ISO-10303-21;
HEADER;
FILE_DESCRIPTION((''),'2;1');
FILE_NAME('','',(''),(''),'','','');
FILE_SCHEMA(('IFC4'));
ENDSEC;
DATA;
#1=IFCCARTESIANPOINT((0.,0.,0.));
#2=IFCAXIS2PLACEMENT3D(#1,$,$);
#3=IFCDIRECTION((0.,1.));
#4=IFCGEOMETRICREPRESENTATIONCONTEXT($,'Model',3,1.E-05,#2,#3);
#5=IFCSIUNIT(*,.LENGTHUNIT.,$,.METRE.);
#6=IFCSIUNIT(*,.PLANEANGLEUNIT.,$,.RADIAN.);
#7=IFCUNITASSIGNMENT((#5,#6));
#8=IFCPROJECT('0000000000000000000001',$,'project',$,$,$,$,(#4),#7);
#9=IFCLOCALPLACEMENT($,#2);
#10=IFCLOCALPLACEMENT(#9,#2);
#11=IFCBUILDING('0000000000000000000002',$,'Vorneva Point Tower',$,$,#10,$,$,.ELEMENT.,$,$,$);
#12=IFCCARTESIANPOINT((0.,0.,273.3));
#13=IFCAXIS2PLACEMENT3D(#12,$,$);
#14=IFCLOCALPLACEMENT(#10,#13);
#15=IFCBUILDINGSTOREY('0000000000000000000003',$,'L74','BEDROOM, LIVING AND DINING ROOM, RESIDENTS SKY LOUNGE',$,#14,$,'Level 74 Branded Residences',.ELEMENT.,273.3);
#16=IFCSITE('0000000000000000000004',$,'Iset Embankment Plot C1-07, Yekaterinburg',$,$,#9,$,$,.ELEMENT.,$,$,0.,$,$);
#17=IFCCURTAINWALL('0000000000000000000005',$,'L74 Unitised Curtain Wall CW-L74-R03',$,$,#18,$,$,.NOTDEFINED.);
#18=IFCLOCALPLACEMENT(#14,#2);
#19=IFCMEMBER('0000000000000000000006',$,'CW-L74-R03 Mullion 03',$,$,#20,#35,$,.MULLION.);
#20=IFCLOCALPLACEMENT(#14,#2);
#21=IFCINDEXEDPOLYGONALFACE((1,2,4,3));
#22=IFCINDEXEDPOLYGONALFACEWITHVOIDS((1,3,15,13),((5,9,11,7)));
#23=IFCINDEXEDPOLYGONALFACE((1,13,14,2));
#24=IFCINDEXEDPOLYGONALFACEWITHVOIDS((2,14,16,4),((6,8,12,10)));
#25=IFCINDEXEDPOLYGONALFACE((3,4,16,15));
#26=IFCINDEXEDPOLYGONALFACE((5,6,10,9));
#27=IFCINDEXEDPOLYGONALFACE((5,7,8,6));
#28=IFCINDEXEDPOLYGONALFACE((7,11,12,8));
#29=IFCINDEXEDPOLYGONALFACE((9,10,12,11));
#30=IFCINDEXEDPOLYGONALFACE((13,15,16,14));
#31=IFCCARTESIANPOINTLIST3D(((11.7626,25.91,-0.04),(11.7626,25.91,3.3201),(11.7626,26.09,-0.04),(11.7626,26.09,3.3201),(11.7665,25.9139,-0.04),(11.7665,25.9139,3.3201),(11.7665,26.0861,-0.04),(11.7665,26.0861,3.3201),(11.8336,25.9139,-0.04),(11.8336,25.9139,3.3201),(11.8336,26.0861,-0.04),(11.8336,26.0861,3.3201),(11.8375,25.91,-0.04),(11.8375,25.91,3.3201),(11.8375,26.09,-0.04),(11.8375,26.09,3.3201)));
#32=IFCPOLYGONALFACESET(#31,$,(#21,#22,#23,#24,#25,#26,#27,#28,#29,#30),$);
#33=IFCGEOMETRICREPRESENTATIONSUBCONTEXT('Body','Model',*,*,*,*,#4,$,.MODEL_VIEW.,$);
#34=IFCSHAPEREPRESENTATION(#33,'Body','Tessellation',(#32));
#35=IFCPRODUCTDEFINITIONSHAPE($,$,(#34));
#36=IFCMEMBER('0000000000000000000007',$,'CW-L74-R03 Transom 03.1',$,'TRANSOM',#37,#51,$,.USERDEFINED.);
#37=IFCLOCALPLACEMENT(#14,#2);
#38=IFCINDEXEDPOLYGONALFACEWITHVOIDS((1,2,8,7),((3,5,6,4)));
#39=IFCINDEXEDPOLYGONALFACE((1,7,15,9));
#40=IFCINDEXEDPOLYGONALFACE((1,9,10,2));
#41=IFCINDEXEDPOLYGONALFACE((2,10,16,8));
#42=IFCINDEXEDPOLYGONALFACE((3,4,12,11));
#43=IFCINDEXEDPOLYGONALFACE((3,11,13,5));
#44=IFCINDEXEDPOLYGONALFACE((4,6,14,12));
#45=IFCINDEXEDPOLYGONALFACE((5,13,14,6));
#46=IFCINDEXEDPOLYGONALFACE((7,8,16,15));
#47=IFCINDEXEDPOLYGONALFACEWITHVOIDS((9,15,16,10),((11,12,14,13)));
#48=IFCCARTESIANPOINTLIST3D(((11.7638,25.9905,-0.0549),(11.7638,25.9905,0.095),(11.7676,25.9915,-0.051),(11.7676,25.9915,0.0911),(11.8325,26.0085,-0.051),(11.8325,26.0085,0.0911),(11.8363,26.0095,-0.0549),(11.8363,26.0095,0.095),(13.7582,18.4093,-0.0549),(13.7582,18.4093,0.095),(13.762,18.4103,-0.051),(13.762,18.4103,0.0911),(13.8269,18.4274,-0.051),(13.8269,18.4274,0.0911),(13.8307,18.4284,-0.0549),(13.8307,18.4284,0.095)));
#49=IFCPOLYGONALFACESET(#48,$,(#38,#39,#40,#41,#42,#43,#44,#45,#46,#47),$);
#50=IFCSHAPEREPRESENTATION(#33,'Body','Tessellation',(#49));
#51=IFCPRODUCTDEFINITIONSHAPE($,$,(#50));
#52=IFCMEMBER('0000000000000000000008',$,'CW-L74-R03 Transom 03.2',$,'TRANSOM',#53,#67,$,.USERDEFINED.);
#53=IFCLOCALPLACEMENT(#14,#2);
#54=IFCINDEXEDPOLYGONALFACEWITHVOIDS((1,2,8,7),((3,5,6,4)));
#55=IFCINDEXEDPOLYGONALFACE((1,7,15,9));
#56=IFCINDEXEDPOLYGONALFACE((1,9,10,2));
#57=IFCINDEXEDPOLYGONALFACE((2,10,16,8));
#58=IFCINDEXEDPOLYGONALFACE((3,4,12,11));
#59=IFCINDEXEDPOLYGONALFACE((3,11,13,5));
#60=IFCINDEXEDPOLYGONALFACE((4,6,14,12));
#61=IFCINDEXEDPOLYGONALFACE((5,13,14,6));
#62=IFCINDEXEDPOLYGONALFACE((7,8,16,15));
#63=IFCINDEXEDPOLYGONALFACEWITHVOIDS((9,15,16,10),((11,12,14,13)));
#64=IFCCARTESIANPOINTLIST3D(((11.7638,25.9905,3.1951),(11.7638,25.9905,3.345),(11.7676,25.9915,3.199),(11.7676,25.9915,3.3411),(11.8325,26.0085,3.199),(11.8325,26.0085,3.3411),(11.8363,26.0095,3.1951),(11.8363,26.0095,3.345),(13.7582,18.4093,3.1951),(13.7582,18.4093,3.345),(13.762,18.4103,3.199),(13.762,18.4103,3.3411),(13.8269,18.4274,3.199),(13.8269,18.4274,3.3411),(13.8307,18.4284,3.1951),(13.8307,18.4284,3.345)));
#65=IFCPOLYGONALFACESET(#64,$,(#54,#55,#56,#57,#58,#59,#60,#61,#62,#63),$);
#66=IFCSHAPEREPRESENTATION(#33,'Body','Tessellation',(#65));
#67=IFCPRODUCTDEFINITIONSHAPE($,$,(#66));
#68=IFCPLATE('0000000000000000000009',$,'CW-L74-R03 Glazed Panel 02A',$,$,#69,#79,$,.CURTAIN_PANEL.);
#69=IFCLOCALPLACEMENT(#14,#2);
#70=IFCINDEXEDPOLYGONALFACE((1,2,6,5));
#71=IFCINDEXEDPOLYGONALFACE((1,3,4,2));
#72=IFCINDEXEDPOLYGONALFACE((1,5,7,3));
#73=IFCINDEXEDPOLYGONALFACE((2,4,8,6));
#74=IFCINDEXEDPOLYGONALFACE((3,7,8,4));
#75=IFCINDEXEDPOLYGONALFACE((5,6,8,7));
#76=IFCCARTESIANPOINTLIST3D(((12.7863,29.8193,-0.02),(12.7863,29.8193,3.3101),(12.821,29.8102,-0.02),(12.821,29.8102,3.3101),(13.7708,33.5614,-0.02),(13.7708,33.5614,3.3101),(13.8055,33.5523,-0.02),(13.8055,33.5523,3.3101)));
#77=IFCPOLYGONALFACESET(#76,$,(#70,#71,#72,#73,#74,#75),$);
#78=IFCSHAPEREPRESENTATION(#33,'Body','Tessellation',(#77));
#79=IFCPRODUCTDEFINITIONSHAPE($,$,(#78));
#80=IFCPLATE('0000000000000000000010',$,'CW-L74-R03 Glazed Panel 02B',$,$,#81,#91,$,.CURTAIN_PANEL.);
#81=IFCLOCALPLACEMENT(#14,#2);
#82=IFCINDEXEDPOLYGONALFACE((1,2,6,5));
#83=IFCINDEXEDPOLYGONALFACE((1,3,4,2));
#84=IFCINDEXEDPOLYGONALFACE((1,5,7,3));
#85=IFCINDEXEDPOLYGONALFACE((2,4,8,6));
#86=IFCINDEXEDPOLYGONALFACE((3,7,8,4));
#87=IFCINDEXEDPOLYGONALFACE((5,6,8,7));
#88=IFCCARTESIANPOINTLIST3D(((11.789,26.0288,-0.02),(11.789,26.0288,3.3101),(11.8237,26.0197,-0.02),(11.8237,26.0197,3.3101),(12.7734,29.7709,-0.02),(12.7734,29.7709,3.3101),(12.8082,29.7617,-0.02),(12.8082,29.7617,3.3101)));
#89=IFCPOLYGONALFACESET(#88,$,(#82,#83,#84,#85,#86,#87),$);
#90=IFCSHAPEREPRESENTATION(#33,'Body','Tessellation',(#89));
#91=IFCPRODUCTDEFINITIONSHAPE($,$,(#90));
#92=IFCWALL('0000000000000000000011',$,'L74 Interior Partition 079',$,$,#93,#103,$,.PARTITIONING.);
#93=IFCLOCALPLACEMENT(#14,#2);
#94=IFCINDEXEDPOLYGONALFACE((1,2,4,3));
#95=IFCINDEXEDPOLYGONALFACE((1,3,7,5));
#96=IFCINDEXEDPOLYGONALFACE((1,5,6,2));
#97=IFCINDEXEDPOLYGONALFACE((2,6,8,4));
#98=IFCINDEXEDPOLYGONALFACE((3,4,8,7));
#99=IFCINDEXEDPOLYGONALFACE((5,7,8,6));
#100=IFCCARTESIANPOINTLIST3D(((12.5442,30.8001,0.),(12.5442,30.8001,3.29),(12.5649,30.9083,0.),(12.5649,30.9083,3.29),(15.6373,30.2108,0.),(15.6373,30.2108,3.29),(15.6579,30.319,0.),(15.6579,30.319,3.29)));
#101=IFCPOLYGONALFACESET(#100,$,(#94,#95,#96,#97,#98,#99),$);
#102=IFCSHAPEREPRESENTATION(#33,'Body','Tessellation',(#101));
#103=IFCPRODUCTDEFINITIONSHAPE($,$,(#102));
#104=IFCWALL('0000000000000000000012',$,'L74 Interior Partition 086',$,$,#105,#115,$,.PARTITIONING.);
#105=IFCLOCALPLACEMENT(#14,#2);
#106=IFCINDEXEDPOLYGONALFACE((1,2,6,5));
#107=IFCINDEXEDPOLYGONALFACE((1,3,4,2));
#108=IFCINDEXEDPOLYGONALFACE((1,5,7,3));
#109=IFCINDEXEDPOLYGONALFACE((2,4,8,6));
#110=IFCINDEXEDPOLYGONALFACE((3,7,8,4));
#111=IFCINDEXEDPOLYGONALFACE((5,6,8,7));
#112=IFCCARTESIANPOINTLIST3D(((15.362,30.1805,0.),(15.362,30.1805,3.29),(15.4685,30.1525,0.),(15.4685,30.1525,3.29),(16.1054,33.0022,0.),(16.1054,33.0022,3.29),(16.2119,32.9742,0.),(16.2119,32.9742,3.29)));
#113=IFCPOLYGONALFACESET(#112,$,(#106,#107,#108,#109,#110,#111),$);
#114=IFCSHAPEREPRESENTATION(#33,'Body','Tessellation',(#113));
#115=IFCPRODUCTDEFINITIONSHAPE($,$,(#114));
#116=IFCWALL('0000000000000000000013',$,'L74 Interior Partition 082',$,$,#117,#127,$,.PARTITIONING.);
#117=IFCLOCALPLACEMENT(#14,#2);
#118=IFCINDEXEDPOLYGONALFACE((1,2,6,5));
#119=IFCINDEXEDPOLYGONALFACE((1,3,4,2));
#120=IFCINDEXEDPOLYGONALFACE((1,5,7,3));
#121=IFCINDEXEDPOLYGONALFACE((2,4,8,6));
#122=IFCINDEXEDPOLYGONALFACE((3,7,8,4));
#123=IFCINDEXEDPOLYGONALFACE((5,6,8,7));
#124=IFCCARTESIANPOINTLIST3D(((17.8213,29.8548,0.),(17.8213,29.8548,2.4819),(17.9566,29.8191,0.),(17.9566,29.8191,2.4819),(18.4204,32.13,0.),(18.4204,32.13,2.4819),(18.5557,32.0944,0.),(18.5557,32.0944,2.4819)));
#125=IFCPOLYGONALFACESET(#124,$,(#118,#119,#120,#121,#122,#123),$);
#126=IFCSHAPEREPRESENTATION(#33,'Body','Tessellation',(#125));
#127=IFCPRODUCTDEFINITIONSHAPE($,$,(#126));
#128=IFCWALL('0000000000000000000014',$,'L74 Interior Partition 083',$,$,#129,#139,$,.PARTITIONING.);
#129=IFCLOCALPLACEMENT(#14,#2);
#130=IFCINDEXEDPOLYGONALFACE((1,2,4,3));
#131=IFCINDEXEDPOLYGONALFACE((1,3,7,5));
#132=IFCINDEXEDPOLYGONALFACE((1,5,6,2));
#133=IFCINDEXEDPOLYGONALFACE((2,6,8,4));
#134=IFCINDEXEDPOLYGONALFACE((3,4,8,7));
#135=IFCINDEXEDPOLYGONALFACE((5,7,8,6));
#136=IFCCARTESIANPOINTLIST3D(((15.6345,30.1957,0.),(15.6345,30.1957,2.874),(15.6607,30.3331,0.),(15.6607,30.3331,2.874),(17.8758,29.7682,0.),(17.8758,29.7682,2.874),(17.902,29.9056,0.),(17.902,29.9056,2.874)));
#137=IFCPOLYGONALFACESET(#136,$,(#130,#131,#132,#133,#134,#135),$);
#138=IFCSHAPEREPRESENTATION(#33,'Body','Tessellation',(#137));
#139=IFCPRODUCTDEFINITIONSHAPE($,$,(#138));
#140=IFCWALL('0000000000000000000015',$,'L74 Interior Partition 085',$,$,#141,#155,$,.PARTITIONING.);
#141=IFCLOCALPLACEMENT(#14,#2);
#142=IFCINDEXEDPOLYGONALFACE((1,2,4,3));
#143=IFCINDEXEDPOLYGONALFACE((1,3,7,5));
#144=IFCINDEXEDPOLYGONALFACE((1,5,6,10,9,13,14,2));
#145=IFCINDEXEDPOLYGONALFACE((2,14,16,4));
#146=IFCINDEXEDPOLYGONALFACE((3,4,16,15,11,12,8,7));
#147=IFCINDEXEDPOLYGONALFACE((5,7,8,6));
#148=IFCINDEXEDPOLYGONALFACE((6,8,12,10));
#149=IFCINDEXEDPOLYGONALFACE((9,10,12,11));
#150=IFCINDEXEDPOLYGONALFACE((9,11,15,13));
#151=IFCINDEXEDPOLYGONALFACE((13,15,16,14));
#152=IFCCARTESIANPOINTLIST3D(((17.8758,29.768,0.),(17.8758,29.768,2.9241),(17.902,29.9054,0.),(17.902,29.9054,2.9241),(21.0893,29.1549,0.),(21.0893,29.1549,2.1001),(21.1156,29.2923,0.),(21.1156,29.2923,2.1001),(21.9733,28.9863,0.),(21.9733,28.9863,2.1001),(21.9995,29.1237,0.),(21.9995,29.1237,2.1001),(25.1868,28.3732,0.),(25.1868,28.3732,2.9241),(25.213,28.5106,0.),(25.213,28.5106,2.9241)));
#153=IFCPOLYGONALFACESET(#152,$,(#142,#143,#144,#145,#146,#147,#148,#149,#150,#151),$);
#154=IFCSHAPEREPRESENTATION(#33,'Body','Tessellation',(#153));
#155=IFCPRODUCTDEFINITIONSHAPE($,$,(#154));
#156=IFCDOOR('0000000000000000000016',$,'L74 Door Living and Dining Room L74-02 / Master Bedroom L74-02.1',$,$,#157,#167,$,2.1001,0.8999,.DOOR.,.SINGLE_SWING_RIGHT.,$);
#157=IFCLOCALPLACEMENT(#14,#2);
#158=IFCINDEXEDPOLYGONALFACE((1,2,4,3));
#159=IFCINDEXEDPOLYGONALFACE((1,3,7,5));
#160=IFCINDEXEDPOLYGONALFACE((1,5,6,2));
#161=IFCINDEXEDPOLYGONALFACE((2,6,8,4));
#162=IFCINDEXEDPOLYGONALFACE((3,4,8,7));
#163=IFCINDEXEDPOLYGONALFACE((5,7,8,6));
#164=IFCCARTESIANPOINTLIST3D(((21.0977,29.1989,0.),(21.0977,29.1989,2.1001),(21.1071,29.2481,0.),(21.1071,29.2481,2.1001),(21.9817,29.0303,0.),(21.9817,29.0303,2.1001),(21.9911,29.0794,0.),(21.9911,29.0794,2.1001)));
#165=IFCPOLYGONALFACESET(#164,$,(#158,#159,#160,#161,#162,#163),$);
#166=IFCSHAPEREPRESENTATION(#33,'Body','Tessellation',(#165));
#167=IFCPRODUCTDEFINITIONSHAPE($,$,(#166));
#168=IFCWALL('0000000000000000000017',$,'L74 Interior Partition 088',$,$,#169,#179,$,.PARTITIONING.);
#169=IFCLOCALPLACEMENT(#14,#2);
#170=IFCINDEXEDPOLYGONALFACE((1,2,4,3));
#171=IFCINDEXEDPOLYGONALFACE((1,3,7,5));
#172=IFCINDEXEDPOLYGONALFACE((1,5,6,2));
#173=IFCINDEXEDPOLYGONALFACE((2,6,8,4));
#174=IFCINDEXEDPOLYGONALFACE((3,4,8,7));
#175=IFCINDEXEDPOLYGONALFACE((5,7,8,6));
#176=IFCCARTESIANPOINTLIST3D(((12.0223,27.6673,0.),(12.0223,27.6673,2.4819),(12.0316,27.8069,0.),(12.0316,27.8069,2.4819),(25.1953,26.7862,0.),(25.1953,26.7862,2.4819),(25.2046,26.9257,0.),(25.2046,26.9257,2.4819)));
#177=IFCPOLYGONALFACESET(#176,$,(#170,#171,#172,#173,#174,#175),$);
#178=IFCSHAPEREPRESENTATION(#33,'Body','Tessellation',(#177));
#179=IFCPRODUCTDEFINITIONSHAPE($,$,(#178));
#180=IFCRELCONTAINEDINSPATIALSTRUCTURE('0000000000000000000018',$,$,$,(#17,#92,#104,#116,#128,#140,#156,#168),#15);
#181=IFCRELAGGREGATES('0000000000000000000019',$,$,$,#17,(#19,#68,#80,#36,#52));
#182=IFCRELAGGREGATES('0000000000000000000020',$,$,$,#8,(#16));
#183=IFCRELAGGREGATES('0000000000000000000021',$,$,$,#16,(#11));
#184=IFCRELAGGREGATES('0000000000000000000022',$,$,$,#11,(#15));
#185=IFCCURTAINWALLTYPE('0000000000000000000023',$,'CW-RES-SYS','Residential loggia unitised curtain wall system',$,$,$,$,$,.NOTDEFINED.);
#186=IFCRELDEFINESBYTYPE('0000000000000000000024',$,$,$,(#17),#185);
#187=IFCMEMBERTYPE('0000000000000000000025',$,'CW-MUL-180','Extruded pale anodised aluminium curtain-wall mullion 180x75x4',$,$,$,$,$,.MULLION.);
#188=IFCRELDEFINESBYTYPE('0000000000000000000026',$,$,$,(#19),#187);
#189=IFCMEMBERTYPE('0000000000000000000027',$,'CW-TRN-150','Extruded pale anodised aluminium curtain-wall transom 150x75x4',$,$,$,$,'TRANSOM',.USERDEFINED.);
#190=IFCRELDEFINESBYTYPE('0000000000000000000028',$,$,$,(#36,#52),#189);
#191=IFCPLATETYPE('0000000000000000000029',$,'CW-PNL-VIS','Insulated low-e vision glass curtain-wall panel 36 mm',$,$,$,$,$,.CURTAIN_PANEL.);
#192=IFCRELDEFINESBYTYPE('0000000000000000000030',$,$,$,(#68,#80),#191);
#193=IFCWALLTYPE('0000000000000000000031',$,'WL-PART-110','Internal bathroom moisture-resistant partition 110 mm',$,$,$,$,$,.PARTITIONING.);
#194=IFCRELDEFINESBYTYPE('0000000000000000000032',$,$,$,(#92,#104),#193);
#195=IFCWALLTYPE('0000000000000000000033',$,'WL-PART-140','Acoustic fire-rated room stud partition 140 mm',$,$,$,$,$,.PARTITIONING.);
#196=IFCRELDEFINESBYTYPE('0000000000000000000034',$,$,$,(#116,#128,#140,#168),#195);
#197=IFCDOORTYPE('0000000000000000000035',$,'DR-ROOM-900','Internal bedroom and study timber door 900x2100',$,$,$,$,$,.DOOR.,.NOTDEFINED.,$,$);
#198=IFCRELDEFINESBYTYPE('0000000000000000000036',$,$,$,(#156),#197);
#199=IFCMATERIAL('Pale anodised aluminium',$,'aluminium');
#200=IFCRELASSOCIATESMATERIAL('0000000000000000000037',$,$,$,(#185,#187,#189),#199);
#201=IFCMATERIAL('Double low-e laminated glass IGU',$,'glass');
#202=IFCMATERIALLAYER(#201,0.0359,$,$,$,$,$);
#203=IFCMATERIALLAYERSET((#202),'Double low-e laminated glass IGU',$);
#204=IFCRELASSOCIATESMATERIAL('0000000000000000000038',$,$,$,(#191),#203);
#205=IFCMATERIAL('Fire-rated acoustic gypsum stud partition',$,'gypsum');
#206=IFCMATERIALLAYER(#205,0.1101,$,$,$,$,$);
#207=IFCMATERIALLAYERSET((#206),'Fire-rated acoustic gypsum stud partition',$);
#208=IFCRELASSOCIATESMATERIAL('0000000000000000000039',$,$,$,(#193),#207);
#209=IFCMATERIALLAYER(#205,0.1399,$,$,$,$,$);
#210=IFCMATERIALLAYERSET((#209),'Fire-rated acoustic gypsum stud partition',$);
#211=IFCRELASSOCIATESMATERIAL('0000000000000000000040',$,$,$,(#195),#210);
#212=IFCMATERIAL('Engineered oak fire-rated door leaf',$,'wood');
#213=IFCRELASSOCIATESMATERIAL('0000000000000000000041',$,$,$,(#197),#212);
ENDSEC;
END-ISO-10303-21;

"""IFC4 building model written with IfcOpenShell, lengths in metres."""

from ifc_helpers import new_model, si_unit, direction, frame, frame_2d, origin, origin_2d, place, context, subcontext, project, spatial, rectangle, hollow_rectangle, extrude, material, layer, layer_set, material_profile, profile_set, type_object, element, fill, aggregate, save


model = new_model("IFC4")

# Units and contexts
model_context = context("Model", 3, precision=1e-05, world=origin(), true_north=direction((0.0, 1.0)))
body_context = subcontext(model_context, "Body", "Model", "MODEL_VIEW")
ifc_project = project(units=[si_unit("LENGTHUNIT", "METRE"), si_unit("PLANEANGLEUNIT", "RADIAN")], contexts=[model_context])

# Site, building, storey
site_placement = place(None, origin())
site = spatial("IfcSite", under=ifc_project, at=site_placement, Name="Iset Embankment Plot C1-07, Yekaterinburg", CompositionType="ELEMENT", RefElevation=0.0)
building_placement = place(site_placement, origin())
building = spatial("IfcBuilding", under=site, at=building_placement, Name="Vorneva Point Tower", CompositionType="ELEMENT")
storey_placement = place(building_placement, frame((0.0, 0.0, 273.3)))
storey = spatial("IfcBuildingStorey", under=building, at=storey_placement, Name="L74", Description="BEDROOM, LIVING AND DINING ROOM, RESIDENTS SKY LOUNGE", LongName="Level 74 Branded Residences", CompositionType="ELEMENT", Elevation=273.3)

# Curtain wall, members, plates
ifc_material_1 = material(Name="Pale anodised aluminium", Category="aluminium")
curtain_wall_type = type_object("IfcCurtainWallType", Name="CW-RES-SYS", Description="Residential loggia unitised curtain wall system", PredefinedType="NOTDEFINED", material=ifc_material_1)
curtain_wall_placement = place(storey_placement, origin())
curtain_wall = element("IfcCurtainWall", 1, at=curtain_wall_placement, inside=storey, type_object=curtain_wall_type, Name="L74 Unitised Curtain Wall CW-L74-R03", PredefinedType="NOTDEFINED")
ifc_material_profile_1 = material_profile(ifc_material_1, hollow_rectangle(XDim=0.075, YDim=0.1799, WallThickness=0.0039, at=origin_2d()), Name="AL-MUL 180x75x4")
ifc_profile_set_1 = profile_set([ifc_material_profile_1], Name="Pale anodised aluminium")
member_type_1 = type_object("IfcMemberType", Name="CW-MUL-180", Description="Extruded pale anodised aluminium curtain-wall mullion 180x75x4", PredefinedType="MULLION", material=ifc_profile_set_1)
member_1_placement = place(storey_placement, frame((11.8, 26.0, -0.04), z_axis=(0.0, 0.0, 1.0), x_axis=(1.0, 0.0, 0.0)))
member_1 = element("IfcMember", 2, at=member_1_placement, type_object=member_type_1, Name="CW-L74-R03 Mullion 03", PredefinedType="MULLION", context=body_context, shape_type="SweptSolid", body=[
    extrude(hollow_rectangle(XDim=0.075, YDim=0.1799, WallThickness=0.0039, at=origin_2d()), origin(), (0.0, 0.0, 1.0), 3.3601),
])
ifc_material_profile_2 = material_profile(ifc_material_1, hollow_rectangle(XDim=0.075, YDim=0.1499, WallThickness=0.0039, at=origin_2d()), Name="AL-TRN 150x75x4")
ifc_profile_set_2 = profile_set([ifc_material_profile_2], Name="Pale anodised aluminium")
member_type_2 = type_object("IfcMemberType", Name="CW-TRN-150", Description="Extruded pale anodised aluminium curtain-wall transom 150x75x4", ElementType="TRANSOM", PredefinedType="USERDEFINED", material=ifc_profile_set_2)
member_2_placement = place(storey_placement, frame((11.8, 26.0, 0.02), z_axis=(0.254418, -0.967094, 0.0), x_axis=(0.967094, 0.254418, 0.0)))
member_2 = element("IfcMember", 3, at=member_2_placement, type_object=member_type_2, Name="CW-L74-R03 Transom 03.1", ObjectType="TRANSOM", PredefinedType="USERDEFINED", context=body_context, shape_type="SweptSolid", body=[
    extrude(hollow_rectangle(XDim=0.075, YDim=0.1499, WallThickness=0.0039, at=origin_2d()), origin(), (0.0, 0.0, 1.0), 7.8391),
])
member_3_placement = place(storey_placement, frame((11.8, 26.0, 3.27), z_axis=(0.254418, -0.967094, 0.0), x_axis=(0.967094, 0.254418, 0.0)))
member_3 = element("IfcMember", 4, at=member_3_placement, type_object=member_type_2, Name="CW-L74-R03 Transom 03.2", ObjectType="TRANSOM", PredefinedType="USERDEFINED", context=body_context, shape_type="SweptSolid", body=[
    extrude(hollow_rectangle(XDim=0.075, YDim=0.1499, WallThickness=0.0039, at=origin_2d()), origin(), (0.0, 0.0, 1.0), 7.8391),
])
ifc_material_2 = material(Name="Double low-e laminated glass IGU", Category="glass")
ifc_layer_1 = layer(ifc_material_2, 0.0359)
ifc_layer_set_1 = layer_set([ifc_layer_1], Name="Double low-e laminated glass IGU")
plate_type = type_object("IfcPlateType", Name="CW-PNL-VIS", Description="Insulated low-e vision glass curtain-wall panel 36 mm", PredefinedType="CURTAIN_PANEL", material=ifc_layer_set_1)
plate_1_placement = place(storey_placement, frame((13.2959, 31.6858, -0.02), z_axis=(0.0, 0.0, 1.0), x_axis=(-0.254416, -0.967095, 0.0)))
plate_1 = element("IfcPlate", 5, at=plate_1_placement, type_object=plate_type, Name="CW-L74-R03 Glazed Panel 02A", PredefinedType="CURTAIN_PANEL", context=body_context, shape_type="SweptSolid", body=[
    extrude(rectangle(XDim=3.8694, YDim=0.0359, at=origin_2d()), origin(), (0.0, 0.0, 1.0), 3.3301),
])
plate_2_placement = place(storey_placement, frame((12.2986, 27.8953, -0.02), z_axis=(0.0, 0.0, 1.0), x_axis=(-0.254416, -0.967095, 0.0)))
plate_2 = element("IfcPlate", 6, at=plate_2_placement, type_object=plate_type, Name="CW-L74-R03 Glazed Panel 02B", PredefinedType="CURTAIN_PANEL", context=body_context, shape_type="SweptSolid", body=[
    extrude(rectangle(XDim=3.8694, YDim=0.0359, at=origin_2d()), origin(), (0.0, 0.0, 1.0), 3.3301),
])
aggregate(curtain_wall, [member_1, plate_1, plate_2, member_2, member_3])

# Walls
ifc_material_3 = material(Name="Fire-rated acoustic gypsum stud partition", Category="gypsum")
ifc_layer_2 = layer(ifc_material_3, 0.1101)
ifc_layer_set_2 = layer_set([ifc_layer_2], Name="Fire-rated acoustic gypsum stud partition")
wall_type_1 = type_object("IfcWallType", Name="WL-PART-110", Description="Internal bathroom moisture-resistant partition 110 mm", PredefinedType="PARTITIONING", material=ifc_layer_set_2)
wall_1_placement = place(storey_placement, frame((15.6475, 30.2649, 0.0), z_axis=(0.0, 0.0, 1.0), x_axis=(-0.982326, 0.187176, 0.0)))
element("IfcWall", 7, at=wall_1_placement, inside=storey, type_object=wall_type_1, Name="L74 Interior Partition 079", PredefinedType="PARTITIONING", context=body_context, shape_type="SweptSolid", body=[
    extrude(rectangle(XDim=3.1487, YDim=0.1101, at=frame_2d((1.5742, 0.0))), origin(), (0.0, 0.0, 1.0), 3.29),
])
wall_2_placement = place(storey_placement, frame((15.4153, 30.1665, 0.0), z_axis=(0.0, 0.0, 1.0), x_axis=(0.254761, 0.967004, 0.0)))
element("IfcWall", 8, at=wall_2_placement, inside=storey, type_object=wall_type_1, Name="L74 Interior Partition 086", PredefinedType="PARTITIONING", context=body_context, shape_type="SweptSolid", body=[
    extrude(rectangle(XDim=2.918, YDim=0.1101, at=frame_2d((1.459, 0.0))), origin(), (0.0, 0.0, 1.0), 3.29),
])
ifc_layer_3 = layer(ifc_material_3, 0.1399)
ifc_layer_set_3 = layer_set([ifc_layer_3], Name="Fire-rated acoustic gypsum stud partition")
wall_type_2 = type_object("IfcWallType", Name="WL-PART-140", Description="Acoustic fire-rated room stud partition 140 mm", PredefinedType="PARTITIONING", material=ifc_layer_set_3)
wall_3_placement = place(storey_placement, frame((18.488, 32.1121, 0.0), z_axis=(0.0, 0.0, 1.0), x_axis=(-0.254652, -0.967033, 0.0)))
element("IfcWall", 9, at=wall_3_placement, inside=storey, type_object=wall_type_2, Name="L74 Interior Partition 082", PredefinedType="PARTITIONING", context=body_context, shape_type="SweptSolid", body=[
    extrude(rectangle(XDim=2.3528, YDim=0.1399, at=frame_2d((1.1763, 0.0))), origin(), (0.0, 0.0, 1.0), 2.4819),
])
wall_4_placement = place(storey_placement, frame((17.8889, 29.8369, 0.0), z_axis=(0.0, 0.0, 1.0), x_axis=(-0.982295, 0.187343, 0.0)))
element("IfcWall", 10, at=wall_4_placement, inside=storey, type_object=wall_type_2, Name="L74 Interior Partition 083", PredefinedType="PARTITIONING", context=body_context, shape_type="SweptSolid", body=[
    extrude(rectangle(XDim=2.2817, YDim=0.1399, at=frame_2d((1.1409, 0.0))), origin(), (0.0, 0.0, 1.0), 2.874),
])

# Wall, opening, door
wall_5_placement = place(storey_placement, frame((17.8889, 29.8367, 0.0), z_axis=(0.0, 0.0, 1.0), x_axis=(0.982284, -0.187397, 0.0)))
wall_5 = element("IfcWall", 11, at=wall_5_placement, inside=storey, type_object=wall_type_2, Name="L74 Interior Partition 085", PredefinedType="PARTITIONING", context=body_context, shape_type="SweptSolid", body=[
    extrude(rectangle(XDim=7.4429, YDim=0.1399, at=frame_2d((3.7214, 0.0))), origin(), (0.0, 0.0, 1.0), 2.9241),
])
opening_1_placement = place(wall_5_placement, frame((3.2715, 0.0, 0.0)))
opening_1 = element("IfcOpeningElement", 12, at=opening_1_placement, cuts=wall_5, PredefinedType="OPENING", context=body_context, shape_type="SweptSolid", body=[
    extrude(rectangle(XDim=0.8999, YDim=2.1001, at=frame_2d((0.45, 1.05))), frame((0.0, 0.085, 0.0), z_axis=(0.0, -1.0, 0.0), x_axis=(1.0, 0.0, 0.0)), (0.0, 0.0, 1.0), 0.1697),
])
ifc_material_4 = material(Name="Engineered oak fire-rated door leaf", Category="wood")
door_type_1 = type_object("IfcDoorType", Name="DR-ROOM-900", Description="Internal bedroom and study timber door 900x2100", OperationType="NOTDEFINED", PredefinedType="DOOR", material=ifc_material_4)
door_1_placement = place(opening_1_placement, origin())
door_1 = element("IfcDoor", 13, at=door_1_placement, inside=storey, type_object=door_type_1, Name="L74 Door Living and Dining Room L74-02 / Master Bedroom L74-02.1", OperationType="SINGLE_SWING_RIGHT", OverallHeight=2.1001, OverallWidth=0.8999, PredefinedType="DOOR", context=body_context, shape_type="SweptSolid", body=[
    extrude(rectangle(XDim=0.8999, YDim=2.1001, at=frame_2d((0.45, 1.05))), frame((0.0, 0.0249, 0.0), z_axis=(0.0, -1.0, 0.0), x_axis=(1.0, 0.0, 0.0)), (0.0, 0.0, 1.0), 0.05),
])
fill(opening_1, door_1)

# Wall
wall_6_placement = place(storey_placement, frame((12.0271, 27.7371, 0.0), z_axis=(0.0, 0.0, 1.0), x_axis=(0.99777, -0.066739, 0.0)))
element("IfcWall", 14, at=wall_6_placement, inside=storey, type_object=wall_type_2, Name="L74 Interior Partition 088", PredefinedType="PARTITIONING", context=body_context, shape_type="SweptSolid", body=[
    extrude(rectangle(XDim=13.2024, YDim=0.1399, at=frame_2d((6.6011, 0.0))), origin(), (0.0, 0.0, 1.0), 2.4819),
])

save(model, "model.ifc")
